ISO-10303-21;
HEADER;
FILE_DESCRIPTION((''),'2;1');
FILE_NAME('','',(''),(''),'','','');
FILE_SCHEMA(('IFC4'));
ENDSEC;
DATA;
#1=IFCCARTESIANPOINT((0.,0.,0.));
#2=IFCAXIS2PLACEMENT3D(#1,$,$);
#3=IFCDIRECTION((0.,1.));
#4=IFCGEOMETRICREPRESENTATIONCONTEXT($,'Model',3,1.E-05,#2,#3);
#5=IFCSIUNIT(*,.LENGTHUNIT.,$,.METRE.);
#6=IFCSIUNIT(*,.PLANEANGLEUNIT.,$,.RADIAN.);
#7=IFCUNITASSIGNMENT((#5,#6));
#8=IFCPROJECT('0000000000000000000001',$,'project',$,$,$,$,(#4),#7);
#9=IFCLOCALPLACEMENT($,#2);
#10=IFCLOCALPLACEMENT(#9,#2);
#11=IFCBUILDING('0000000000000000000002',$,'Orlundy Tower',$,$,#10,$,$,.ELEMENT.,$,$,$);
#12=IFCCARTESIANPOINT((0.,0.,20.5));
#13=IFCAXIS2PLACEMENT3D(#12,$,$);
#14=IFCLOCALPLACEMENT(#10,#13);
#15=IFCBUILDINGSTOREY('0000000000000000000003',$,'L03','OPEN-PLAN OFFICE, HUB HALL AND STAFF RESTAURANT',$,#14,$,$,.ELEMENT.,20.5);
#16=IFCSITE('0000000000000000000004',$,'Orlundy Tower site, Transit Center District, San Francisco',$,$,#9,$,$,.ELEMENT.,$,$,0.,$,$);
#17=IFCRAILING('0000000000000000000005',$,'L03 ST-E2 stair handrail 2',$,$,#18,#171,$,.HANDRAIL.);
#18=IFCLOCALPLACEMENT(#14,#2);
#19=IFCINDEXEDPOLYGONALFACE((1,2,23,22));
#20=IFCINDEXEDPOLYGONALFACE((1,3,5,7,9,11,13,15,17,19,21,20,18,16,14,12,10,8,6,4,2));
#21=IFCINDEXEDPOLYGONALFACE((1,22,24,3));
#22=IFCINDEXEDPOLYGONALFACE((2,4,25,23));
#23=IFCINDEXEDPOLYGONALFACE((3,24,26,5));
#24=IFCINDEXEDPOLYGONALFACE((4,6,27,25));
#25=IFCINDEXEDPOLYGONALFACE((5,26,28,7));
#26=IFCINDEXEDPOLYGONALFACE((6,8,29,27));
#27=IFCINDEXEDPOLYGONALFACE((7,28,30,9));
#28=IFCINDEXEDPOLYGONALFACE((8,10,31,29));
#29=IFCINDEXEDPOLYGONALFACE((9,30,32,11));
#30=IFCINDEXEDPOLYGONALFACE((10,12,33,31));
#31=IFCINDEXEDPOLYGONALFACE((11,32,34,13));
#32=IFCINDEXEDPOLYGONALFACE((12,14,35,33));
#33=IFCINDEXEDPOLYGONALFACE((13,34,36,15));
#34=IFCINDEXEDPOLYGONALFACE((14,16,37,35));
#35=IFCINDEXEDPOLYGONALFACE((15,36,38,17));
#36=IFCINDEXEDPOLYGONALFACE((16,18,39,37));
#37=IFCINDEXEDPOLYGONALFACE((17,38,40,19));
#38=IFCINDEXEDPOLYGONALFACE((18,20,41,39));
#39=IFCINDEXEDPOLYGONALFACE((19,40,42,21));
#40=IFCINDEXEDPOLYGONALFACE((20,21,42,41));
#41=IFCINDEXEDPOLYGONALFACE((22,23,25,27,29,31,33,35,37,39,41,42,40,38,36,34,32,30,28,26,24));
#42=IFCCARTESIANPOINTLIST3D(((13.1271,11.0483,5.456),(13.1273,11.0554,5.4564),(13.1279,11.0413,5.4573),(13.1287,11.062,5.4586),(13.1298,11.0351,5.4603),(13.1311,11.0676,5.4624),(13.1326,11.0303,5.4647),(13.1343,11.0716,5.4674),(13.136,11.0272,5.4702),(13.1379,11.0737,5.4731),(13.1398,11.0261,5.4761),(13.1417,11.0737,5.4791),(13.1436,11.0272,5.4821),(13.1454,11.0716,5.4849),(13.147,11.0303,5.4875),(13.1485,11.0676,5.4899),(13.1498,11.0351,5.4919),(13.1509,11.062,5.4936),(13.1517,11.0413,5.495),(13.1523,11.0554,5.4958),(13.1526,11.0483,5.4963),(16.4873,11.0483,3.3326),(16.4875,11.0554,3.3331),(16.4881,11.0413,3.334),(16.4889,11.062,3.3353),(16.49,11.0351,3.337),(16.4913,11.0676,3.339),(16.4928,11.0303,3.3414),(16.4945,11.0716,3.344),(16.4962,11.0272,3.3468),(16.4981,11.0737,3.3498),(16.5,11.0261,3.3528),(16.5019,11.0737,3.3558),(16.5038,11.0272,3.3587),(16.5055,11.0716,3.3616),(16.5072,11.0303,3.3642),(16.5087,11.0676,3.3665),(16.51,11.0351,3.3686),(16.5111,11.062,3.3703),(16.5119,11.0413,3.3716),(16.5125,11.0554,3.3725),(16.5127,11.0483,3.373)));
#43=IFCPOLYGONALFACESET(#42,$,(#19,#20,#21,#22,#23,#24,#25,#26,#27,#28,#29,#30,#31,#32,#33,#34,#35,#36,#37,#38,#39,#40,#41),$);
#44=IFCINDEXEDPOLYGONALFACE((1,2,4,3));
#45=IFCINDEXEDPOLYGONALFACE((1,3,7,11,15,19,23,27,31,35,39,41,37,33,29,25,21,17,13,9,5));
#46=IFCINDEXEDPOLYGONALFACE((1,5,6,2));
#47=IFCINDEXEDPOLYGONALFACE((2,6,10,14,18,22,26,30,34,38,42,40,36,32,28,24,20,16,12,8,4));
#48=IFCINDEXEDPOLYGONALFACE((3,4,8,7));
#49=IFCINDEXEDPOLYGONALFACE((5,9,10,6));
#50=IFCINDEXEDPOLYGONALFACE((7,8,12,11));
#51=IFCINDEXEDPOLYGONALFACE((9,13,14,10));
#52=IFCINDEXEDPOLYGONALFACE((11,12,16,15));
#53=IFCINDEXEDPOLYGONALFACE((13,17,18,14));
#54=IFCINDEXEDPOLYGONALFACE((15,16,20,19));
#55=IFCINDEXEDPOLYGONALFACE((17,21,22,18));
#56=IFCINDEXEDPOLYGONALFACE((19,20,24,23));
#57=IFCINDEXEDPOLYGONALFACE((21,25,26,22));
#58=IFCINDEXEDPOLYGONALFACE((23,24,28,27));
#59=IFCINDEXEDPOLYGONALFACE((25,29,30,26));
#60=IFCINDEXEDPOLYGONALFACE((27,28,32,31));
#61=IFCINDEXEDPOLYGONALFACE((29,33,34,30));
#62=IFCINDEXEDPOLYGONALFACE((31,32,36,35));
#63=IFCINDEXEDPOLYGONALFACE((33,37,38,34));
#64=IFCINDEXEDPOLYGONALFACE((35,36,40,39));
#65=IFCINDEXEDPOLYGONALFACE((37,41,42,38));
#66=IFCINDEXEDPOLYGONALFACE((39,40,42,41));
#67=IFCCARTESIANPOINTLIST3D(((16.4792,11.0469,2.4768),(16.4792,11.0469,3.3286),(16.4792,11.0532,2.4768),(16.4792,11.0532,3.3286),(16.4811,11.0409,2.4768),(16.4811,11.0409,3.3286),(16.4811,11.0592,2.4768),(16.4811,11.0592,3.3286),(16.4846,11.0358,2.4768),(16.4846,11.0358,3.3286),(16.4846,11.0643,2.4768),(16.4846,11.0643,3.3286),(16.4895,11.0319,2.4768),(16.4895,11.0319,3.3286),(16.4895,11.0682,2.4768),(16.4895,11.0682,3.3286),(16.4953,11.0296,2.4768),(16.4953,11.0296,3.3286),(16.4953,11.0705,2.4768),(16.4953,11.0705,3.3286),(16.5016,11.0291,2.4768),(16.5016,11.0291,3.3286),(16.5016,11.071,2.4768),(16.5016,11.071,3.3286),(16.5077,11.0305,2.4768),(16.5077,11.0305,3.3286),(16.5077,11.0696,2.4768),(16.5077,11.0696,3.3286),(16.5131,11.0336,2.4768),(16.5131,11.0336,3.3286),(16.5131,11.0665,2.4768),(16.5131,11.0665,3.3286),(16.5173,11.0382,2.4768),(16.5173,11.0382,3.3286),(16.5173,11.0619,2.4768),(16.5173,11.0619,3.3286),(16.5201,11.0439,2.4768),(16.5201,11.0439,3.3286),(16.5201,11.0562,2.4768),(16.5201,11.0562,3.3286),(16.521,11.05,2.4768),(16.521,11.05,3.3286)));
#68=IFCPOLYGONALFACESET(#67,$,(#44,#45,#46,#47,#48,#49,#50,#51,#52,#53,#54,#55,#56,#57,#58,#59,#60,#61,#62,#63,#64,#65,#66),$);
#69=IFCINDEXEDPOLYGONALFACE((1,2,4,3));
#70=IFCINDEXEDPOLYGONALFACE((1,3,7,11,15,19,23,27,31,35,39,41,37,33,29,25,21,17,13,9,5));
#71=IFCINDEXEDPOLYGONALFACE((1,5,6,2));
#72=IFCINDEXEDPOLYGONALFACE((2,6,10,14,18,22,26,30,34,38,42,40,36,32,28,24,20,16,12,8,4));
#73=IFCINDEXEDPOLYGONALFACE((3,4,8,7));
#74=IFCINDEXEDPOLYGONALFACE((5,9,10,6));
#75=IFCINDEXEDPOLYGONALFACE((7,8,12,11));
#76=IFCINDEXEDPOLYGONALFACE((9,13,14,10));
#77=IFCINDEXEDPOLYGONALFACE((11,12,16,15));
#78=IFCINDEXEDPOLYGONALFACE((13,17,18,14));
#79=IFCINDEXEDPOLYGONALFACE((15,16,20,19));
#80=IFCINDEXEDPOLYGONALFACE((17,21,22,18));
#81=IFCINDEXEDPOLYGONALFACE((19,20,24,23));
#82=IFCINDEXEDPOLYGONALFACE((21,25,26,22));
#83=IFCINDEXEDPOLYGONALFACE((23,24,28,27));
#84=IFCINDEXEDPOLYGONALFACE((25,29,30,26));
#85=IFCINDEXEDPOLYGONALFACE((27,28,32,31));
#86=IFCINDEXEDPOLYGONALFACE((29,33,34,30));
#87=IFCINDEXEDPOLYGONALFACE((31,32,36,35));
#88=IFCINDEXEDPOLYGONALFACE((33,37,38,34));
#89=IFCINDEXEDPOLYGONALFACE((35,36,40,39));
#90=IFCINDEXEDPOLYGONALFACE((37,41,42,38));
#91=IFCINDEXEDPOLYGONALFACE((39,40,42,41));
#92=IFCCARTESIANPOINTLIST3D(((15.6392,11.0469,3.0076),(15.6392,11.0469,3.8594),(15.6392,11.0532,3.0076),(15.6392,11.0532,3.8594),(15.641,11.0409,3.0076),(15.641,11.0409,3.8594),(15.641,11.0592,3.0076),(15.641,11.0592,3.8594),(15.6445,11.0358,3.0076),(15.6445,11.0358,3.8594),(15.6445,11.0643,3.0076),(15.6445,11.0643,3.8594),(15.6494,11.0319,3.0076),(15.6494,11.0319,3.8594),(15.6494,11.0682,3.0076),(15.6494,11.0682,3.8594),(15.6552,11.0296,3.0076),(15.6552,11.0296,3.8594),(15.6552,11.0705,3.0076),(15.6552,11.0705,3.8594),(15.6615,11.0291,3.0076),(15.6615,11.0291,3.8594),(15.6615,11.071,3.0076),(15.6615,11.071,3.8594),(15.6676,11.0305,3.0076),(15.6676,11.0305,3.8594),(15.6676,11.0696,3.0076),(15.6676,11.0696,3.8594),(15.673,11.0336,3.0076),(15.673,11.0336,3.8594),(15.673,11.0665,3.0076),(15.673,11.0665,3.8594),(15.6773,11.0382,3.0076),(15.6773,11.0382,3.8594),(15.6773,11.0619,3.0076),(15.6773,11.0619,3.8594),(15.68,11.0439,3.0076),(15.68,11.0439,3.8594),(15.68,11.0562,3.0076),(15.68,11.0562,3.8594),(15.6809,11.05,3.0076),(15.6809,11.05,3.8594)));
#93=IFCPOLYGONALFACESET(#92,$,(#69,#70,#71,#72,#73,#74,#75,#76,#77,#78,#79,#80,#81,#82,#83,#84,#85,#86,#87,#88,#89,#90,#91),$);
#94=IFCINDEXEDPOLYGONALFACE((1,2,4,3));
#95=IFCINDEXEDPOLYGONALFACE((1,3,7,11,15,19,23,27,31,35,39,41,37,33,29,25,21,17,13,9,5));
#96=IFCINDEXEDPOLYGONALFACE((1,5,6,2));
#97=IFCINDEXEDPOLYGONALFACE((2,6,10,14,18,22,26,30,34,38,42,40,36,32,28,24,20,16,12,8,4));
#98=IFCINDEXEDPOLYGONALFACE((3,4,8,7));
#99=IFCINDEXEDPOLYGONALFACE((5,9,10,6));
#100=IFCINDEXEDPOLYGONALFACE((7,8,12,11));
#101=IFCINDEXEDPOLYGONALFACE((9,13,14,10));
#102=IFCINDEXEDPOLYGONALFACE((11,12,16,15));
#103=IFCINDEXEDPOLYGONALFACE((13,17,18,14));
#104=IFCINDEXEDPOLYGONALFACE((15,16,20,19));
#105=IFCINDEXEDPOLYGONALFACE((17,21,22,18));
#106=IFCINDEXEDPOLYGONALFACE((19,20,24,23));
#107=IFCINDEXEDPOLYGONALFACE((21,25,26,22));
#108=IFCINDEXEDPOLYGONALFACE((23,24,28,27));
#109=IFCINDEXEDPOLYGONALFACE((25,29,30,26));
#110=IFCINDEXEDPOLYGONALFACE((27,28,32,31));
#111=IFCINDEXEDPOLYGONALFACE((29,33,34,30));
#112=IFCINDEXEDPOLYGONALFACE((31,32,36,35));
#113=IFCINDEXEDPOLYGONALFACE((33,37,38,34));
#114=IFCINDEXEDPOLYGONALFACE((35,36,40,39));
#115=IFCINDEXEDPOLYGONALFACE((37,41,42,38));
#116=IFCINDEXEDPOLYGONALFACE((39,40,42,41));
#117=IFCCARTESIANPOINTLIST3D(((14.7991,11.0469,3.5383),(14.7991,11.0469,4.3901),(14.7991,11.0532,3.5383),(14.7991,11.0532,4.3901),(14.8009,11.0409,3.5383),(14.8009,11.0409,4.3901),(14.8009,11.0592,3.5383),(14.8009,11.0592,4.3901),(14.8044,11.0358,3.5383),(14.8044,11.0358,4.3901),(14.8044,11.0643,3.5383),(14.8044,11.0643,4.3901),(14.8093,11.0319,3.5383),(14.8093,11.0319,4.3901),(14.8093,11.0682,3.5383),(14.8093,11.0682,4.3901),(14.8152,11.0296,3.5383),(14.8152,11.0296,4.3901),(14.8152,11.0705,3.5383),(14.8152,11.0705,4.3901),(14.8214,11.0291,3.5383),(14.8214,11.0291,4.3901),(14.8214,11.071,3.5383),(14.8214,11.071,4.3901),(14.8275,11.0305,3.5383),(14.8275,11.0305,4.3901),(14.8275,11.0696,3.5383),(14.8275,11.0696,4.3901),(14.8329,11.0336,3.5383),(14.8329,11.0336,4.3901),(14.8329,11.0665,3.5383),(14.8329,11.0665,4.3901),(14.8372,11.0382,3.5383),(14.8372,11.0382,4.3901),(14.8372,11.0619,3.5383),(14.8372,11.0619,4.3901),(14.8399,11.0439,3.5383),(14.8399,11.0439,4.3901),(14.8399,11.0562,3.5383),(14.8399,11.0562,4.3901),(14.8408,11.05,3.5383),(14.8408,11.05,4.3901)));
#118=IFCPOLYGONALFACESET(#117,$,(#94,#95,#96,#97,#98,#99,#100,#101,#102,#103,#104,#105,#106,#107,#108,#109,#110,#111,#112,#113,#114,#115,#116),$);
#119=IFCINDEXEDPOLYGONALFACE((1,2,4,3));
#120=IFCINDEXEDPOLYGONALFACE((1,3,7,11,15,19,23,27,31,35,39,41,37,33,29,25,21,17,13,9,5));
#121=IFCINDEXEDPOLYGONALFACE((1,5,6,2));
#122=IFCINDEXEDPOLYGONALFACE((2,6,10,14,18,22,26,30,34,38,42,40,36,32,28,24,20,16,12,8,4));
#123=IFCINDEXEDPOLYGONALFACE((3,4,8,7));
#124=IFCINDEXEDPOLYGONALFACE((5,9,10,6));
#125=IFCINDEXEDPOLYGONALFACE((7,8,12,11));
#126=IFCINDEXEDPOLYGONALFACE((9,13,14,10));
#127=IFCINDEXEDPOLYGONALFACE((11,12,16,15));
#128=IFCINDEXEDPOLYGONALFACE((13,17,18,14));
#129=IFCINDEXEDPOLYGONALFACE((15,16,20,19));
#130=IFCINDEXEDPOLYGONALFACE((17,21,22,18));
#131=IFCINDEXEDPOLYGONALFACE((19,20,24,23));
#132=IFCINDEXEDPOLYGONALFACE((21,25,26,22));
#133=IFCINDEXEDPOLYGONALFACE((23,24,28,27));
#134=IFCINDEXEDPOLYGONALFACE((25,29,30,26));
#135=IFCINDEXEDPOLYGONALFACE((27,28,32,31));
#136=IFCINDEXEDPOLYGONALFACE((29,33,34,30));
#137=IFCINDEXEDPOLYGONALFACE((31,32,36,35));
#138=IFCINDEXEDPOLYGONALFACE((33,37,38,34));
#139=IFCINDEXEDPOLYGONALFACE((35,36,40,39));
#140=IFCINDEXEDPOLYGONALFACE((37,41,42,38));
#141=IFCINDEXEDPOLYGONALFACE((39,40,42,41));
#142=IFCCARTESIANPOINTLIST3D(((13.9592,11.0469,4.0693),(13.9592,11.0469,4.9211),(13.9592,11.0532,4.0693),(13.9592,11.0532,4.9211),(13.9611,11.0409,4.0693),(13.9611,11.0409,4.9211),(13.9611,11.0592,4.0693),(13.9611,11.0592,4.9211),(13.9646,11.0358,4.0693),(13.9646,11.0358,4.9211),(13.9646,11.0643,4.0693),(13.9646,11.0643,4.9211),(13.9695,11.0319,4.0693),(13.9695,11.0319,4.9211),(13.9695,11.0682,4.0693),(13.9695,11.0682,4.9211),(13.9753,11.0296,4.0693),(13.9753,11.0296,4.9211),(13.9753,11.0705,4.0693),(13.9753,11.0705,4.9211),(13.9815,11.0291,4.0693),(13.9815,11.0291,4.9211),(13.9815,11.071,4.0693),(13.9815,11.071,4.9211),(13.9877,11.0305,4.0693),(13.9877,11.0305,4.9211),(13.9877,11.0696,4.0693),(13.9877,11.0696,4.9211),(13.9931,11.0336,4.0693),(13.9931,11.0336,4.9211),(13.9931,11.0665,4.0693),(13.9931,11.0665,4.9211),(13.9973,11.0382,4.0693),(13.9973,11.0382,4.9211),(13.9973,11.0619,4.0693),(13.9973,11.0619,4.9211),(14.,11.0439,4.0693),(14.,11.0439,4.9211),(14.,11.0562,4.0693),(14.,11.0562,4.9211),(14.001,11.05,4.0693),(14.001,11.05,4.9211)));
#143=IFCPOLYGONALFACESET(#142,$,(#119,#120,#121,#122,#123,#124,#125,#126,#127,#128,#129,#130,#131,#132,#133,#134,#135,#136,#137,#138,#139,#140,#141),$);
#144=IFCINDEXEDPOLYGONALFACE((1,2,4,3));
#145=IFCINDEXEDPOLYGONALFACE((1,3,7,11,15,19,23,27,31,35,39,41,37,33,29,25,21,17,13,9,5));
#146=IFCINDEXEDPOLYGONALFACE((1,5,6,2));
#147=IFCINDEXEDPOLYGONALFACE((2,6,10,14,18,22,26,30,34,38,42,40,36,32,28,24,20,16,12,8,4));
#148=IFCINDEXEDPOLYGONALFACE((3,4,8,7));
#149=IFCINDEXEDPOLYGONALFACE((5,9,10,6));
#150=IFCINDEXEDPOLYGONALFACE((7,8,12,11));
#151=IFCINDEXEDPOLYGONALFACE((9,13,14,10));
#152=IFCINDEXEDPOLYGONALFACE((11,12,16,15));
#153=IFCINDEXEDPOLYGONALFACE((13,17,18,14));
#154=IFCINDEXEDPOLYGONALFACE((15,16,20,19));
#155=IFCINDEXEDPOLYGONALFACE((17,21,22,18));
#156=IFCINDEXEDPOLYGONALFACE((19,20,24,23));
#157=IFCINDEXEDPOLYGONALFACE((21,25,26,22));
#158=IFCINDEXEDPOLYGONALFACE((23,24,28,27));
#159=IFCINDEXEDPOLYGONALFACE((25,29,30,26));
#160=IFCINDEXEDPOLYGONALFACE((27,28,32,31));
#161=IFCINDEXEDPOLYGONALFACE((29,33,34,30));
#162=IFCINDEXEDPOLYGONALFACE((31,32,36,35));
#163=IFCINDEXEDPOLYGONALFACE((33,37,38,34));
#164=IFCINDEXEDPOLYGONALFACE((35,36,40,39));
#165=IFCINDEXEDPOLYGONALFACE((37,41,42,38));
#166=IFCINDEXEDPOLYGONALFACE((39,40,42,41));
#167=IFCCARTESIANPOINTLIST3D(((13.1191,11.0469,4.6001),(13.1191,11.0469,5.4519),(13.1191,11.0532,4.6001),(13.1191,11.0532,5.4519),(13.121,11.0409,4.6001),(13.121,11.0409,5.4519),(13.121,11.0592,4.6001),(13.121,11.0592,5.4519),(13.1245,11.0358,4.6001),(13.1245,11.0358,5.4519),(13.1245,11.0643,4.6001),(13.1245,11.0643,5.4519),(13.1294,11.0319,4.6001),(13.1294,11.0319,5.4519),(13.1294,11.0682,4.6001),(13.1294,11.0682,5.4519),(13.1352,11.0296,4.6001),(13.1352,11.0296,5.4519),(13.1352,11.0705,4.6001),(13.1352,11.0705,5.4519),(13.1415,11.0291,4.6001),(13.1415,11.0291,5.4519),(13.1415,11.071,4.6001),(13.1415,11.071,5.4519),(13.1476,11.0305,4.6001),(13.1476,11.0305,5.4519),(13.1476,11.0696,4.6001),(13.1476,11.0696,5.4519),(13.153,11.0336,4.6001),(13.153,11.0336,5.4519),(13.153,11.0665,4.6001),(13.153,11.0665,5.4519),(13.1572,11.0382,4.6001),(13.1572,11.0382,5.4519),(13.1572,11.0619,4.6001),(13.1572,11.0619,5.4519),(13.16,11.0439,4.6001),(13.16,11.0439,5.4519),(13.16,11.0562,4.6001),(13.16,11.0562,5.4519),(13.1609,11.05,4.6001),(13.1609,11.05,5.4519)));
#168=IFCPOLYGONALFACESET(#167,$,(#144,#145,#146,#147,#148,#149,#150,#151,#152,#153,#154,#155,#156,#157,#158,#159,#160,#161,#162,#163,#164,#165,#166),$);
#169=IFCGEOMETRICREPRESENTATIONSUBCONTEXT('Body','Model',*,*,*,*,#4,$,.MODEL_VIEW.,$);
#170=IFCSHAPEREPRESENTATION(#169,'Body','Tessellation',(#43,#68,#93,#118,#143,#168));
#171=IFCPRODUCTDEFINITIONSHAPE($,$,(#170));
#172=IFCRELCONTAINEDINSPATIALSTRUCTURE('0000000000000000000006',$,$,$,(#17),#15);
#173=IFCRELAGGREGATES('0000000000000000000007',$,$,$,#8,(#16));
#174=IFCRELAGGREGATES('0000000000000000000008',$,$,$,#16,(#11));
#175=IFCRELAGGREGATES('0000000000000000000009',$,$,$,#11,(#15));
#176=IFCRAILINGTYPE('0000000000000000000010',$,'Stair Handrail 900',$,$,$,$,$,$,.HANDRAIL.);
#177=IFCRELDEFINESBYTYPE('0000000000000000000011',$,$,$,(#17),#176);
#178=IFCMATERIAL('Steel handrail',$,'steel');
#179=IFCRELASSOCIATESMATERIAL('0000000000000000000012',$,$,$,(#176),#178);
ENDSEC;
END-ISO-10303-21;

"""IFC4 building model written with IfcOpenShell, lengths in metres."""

from ifc_helpers import new_model, si_unit, direction, frame, origin, origin_2d, place, context, subcontext, project, spatial, circle, extrude, material, type_object, element, save


model = new_model("IFC4")

# Units and contexts
model_context = context("Model", 3, precision=1e-05, world=origin(), true_north=direction((0.0, 1.0)))
body_context = subcontext(model_context, "Body", "Model", "MODEL_VIEW")
ifc_project = project(units=[si_unit("LENGTHUNIT", "METRE"), si_unit("PLANEANGLEUNIT", "RADIAN")], contexts=[model_context])

# Site, building, storey
site_placement = place(None, origin())
site = spatial("IfcSite", under=ifc_project, at=site_placement, Name="Orlundy Tower site, Transit Center District, San Francisco", CompositionType="ELEMENT", RefElevation=0.0)
building_placement = place(site_placement, origin())
building = spatial("IfcBuilding", under=site, at=building_placement, Name="Orlundy Tower", CompositionType="ELEMENT")
storey_placement = place(building_placement, frame((0.0, 0.0, 20.5)))
storey = spatial("IfcBuildingStorey", under=building, at=storey_placement, Name="L03", Description="OPEN-PLAN OFFICE, HUB HALL AND STAFF RESTAURANT", CompositionType="ELEMENT", Elevation=20.5)

# Railing
ifc_material_1 = material(Name="Steel handrail", Category="steel")
railing_type = type_object("IfcRailingType", Name="Stair Handrail 900", PredefinedType="HANDRAIL", material=ifc_material_1)
railing_placement = place(storey_placement, frame((16.5, 11.05, 2.4768)))
element("IfcRailing", 1, at=railing_placement, inside=storey, type_object=railing_type, Name="L03 ST-E2 stair handrail 2", PredefinedType="HANDRAIL", context=body_context, shape_type="SweptSolid", body=[
    extrude(circle(Radius=0.0239, at=origin_2d()), frame((0.0, 0.0, 0.876), z_axis=(-0.845362, 0.0, 0.534194), x_axis=(0.0, -1.0, 0.0)), (0.0, 0.0, 1.0), 3.9749),
    extrude(circle(Radius=0.021, at=origin_2d()), origin(), (0.0, 0.0, 1.0), 0.8518),
    extrude(circle(Radius=0.021, at=origin_2d()), frame((-0.8401, 0.0, 0.5308)), (0.0, 0.0, 1.0), 0.8518),
    extrude(circle(Radius=0.021, at=origin_2d()), frame((-1.6802, 0.0, 1.0615)), (0.0, 0.0, 1.0), 0.8518),
    extrude(circle(Radius=0.021, at=origin_2d()), frame((-2.52, 0.0, 1.5925)), (0.0, 0.0, 1.0), 0.8518),
    extrude(circle(Radius=0.021, at=origin_2d()), frame((-3.3601, 0.0, 2.1233)), (0.0, 0.0, 1.0), 0.8518),
])

save(model, "model.ifc")
